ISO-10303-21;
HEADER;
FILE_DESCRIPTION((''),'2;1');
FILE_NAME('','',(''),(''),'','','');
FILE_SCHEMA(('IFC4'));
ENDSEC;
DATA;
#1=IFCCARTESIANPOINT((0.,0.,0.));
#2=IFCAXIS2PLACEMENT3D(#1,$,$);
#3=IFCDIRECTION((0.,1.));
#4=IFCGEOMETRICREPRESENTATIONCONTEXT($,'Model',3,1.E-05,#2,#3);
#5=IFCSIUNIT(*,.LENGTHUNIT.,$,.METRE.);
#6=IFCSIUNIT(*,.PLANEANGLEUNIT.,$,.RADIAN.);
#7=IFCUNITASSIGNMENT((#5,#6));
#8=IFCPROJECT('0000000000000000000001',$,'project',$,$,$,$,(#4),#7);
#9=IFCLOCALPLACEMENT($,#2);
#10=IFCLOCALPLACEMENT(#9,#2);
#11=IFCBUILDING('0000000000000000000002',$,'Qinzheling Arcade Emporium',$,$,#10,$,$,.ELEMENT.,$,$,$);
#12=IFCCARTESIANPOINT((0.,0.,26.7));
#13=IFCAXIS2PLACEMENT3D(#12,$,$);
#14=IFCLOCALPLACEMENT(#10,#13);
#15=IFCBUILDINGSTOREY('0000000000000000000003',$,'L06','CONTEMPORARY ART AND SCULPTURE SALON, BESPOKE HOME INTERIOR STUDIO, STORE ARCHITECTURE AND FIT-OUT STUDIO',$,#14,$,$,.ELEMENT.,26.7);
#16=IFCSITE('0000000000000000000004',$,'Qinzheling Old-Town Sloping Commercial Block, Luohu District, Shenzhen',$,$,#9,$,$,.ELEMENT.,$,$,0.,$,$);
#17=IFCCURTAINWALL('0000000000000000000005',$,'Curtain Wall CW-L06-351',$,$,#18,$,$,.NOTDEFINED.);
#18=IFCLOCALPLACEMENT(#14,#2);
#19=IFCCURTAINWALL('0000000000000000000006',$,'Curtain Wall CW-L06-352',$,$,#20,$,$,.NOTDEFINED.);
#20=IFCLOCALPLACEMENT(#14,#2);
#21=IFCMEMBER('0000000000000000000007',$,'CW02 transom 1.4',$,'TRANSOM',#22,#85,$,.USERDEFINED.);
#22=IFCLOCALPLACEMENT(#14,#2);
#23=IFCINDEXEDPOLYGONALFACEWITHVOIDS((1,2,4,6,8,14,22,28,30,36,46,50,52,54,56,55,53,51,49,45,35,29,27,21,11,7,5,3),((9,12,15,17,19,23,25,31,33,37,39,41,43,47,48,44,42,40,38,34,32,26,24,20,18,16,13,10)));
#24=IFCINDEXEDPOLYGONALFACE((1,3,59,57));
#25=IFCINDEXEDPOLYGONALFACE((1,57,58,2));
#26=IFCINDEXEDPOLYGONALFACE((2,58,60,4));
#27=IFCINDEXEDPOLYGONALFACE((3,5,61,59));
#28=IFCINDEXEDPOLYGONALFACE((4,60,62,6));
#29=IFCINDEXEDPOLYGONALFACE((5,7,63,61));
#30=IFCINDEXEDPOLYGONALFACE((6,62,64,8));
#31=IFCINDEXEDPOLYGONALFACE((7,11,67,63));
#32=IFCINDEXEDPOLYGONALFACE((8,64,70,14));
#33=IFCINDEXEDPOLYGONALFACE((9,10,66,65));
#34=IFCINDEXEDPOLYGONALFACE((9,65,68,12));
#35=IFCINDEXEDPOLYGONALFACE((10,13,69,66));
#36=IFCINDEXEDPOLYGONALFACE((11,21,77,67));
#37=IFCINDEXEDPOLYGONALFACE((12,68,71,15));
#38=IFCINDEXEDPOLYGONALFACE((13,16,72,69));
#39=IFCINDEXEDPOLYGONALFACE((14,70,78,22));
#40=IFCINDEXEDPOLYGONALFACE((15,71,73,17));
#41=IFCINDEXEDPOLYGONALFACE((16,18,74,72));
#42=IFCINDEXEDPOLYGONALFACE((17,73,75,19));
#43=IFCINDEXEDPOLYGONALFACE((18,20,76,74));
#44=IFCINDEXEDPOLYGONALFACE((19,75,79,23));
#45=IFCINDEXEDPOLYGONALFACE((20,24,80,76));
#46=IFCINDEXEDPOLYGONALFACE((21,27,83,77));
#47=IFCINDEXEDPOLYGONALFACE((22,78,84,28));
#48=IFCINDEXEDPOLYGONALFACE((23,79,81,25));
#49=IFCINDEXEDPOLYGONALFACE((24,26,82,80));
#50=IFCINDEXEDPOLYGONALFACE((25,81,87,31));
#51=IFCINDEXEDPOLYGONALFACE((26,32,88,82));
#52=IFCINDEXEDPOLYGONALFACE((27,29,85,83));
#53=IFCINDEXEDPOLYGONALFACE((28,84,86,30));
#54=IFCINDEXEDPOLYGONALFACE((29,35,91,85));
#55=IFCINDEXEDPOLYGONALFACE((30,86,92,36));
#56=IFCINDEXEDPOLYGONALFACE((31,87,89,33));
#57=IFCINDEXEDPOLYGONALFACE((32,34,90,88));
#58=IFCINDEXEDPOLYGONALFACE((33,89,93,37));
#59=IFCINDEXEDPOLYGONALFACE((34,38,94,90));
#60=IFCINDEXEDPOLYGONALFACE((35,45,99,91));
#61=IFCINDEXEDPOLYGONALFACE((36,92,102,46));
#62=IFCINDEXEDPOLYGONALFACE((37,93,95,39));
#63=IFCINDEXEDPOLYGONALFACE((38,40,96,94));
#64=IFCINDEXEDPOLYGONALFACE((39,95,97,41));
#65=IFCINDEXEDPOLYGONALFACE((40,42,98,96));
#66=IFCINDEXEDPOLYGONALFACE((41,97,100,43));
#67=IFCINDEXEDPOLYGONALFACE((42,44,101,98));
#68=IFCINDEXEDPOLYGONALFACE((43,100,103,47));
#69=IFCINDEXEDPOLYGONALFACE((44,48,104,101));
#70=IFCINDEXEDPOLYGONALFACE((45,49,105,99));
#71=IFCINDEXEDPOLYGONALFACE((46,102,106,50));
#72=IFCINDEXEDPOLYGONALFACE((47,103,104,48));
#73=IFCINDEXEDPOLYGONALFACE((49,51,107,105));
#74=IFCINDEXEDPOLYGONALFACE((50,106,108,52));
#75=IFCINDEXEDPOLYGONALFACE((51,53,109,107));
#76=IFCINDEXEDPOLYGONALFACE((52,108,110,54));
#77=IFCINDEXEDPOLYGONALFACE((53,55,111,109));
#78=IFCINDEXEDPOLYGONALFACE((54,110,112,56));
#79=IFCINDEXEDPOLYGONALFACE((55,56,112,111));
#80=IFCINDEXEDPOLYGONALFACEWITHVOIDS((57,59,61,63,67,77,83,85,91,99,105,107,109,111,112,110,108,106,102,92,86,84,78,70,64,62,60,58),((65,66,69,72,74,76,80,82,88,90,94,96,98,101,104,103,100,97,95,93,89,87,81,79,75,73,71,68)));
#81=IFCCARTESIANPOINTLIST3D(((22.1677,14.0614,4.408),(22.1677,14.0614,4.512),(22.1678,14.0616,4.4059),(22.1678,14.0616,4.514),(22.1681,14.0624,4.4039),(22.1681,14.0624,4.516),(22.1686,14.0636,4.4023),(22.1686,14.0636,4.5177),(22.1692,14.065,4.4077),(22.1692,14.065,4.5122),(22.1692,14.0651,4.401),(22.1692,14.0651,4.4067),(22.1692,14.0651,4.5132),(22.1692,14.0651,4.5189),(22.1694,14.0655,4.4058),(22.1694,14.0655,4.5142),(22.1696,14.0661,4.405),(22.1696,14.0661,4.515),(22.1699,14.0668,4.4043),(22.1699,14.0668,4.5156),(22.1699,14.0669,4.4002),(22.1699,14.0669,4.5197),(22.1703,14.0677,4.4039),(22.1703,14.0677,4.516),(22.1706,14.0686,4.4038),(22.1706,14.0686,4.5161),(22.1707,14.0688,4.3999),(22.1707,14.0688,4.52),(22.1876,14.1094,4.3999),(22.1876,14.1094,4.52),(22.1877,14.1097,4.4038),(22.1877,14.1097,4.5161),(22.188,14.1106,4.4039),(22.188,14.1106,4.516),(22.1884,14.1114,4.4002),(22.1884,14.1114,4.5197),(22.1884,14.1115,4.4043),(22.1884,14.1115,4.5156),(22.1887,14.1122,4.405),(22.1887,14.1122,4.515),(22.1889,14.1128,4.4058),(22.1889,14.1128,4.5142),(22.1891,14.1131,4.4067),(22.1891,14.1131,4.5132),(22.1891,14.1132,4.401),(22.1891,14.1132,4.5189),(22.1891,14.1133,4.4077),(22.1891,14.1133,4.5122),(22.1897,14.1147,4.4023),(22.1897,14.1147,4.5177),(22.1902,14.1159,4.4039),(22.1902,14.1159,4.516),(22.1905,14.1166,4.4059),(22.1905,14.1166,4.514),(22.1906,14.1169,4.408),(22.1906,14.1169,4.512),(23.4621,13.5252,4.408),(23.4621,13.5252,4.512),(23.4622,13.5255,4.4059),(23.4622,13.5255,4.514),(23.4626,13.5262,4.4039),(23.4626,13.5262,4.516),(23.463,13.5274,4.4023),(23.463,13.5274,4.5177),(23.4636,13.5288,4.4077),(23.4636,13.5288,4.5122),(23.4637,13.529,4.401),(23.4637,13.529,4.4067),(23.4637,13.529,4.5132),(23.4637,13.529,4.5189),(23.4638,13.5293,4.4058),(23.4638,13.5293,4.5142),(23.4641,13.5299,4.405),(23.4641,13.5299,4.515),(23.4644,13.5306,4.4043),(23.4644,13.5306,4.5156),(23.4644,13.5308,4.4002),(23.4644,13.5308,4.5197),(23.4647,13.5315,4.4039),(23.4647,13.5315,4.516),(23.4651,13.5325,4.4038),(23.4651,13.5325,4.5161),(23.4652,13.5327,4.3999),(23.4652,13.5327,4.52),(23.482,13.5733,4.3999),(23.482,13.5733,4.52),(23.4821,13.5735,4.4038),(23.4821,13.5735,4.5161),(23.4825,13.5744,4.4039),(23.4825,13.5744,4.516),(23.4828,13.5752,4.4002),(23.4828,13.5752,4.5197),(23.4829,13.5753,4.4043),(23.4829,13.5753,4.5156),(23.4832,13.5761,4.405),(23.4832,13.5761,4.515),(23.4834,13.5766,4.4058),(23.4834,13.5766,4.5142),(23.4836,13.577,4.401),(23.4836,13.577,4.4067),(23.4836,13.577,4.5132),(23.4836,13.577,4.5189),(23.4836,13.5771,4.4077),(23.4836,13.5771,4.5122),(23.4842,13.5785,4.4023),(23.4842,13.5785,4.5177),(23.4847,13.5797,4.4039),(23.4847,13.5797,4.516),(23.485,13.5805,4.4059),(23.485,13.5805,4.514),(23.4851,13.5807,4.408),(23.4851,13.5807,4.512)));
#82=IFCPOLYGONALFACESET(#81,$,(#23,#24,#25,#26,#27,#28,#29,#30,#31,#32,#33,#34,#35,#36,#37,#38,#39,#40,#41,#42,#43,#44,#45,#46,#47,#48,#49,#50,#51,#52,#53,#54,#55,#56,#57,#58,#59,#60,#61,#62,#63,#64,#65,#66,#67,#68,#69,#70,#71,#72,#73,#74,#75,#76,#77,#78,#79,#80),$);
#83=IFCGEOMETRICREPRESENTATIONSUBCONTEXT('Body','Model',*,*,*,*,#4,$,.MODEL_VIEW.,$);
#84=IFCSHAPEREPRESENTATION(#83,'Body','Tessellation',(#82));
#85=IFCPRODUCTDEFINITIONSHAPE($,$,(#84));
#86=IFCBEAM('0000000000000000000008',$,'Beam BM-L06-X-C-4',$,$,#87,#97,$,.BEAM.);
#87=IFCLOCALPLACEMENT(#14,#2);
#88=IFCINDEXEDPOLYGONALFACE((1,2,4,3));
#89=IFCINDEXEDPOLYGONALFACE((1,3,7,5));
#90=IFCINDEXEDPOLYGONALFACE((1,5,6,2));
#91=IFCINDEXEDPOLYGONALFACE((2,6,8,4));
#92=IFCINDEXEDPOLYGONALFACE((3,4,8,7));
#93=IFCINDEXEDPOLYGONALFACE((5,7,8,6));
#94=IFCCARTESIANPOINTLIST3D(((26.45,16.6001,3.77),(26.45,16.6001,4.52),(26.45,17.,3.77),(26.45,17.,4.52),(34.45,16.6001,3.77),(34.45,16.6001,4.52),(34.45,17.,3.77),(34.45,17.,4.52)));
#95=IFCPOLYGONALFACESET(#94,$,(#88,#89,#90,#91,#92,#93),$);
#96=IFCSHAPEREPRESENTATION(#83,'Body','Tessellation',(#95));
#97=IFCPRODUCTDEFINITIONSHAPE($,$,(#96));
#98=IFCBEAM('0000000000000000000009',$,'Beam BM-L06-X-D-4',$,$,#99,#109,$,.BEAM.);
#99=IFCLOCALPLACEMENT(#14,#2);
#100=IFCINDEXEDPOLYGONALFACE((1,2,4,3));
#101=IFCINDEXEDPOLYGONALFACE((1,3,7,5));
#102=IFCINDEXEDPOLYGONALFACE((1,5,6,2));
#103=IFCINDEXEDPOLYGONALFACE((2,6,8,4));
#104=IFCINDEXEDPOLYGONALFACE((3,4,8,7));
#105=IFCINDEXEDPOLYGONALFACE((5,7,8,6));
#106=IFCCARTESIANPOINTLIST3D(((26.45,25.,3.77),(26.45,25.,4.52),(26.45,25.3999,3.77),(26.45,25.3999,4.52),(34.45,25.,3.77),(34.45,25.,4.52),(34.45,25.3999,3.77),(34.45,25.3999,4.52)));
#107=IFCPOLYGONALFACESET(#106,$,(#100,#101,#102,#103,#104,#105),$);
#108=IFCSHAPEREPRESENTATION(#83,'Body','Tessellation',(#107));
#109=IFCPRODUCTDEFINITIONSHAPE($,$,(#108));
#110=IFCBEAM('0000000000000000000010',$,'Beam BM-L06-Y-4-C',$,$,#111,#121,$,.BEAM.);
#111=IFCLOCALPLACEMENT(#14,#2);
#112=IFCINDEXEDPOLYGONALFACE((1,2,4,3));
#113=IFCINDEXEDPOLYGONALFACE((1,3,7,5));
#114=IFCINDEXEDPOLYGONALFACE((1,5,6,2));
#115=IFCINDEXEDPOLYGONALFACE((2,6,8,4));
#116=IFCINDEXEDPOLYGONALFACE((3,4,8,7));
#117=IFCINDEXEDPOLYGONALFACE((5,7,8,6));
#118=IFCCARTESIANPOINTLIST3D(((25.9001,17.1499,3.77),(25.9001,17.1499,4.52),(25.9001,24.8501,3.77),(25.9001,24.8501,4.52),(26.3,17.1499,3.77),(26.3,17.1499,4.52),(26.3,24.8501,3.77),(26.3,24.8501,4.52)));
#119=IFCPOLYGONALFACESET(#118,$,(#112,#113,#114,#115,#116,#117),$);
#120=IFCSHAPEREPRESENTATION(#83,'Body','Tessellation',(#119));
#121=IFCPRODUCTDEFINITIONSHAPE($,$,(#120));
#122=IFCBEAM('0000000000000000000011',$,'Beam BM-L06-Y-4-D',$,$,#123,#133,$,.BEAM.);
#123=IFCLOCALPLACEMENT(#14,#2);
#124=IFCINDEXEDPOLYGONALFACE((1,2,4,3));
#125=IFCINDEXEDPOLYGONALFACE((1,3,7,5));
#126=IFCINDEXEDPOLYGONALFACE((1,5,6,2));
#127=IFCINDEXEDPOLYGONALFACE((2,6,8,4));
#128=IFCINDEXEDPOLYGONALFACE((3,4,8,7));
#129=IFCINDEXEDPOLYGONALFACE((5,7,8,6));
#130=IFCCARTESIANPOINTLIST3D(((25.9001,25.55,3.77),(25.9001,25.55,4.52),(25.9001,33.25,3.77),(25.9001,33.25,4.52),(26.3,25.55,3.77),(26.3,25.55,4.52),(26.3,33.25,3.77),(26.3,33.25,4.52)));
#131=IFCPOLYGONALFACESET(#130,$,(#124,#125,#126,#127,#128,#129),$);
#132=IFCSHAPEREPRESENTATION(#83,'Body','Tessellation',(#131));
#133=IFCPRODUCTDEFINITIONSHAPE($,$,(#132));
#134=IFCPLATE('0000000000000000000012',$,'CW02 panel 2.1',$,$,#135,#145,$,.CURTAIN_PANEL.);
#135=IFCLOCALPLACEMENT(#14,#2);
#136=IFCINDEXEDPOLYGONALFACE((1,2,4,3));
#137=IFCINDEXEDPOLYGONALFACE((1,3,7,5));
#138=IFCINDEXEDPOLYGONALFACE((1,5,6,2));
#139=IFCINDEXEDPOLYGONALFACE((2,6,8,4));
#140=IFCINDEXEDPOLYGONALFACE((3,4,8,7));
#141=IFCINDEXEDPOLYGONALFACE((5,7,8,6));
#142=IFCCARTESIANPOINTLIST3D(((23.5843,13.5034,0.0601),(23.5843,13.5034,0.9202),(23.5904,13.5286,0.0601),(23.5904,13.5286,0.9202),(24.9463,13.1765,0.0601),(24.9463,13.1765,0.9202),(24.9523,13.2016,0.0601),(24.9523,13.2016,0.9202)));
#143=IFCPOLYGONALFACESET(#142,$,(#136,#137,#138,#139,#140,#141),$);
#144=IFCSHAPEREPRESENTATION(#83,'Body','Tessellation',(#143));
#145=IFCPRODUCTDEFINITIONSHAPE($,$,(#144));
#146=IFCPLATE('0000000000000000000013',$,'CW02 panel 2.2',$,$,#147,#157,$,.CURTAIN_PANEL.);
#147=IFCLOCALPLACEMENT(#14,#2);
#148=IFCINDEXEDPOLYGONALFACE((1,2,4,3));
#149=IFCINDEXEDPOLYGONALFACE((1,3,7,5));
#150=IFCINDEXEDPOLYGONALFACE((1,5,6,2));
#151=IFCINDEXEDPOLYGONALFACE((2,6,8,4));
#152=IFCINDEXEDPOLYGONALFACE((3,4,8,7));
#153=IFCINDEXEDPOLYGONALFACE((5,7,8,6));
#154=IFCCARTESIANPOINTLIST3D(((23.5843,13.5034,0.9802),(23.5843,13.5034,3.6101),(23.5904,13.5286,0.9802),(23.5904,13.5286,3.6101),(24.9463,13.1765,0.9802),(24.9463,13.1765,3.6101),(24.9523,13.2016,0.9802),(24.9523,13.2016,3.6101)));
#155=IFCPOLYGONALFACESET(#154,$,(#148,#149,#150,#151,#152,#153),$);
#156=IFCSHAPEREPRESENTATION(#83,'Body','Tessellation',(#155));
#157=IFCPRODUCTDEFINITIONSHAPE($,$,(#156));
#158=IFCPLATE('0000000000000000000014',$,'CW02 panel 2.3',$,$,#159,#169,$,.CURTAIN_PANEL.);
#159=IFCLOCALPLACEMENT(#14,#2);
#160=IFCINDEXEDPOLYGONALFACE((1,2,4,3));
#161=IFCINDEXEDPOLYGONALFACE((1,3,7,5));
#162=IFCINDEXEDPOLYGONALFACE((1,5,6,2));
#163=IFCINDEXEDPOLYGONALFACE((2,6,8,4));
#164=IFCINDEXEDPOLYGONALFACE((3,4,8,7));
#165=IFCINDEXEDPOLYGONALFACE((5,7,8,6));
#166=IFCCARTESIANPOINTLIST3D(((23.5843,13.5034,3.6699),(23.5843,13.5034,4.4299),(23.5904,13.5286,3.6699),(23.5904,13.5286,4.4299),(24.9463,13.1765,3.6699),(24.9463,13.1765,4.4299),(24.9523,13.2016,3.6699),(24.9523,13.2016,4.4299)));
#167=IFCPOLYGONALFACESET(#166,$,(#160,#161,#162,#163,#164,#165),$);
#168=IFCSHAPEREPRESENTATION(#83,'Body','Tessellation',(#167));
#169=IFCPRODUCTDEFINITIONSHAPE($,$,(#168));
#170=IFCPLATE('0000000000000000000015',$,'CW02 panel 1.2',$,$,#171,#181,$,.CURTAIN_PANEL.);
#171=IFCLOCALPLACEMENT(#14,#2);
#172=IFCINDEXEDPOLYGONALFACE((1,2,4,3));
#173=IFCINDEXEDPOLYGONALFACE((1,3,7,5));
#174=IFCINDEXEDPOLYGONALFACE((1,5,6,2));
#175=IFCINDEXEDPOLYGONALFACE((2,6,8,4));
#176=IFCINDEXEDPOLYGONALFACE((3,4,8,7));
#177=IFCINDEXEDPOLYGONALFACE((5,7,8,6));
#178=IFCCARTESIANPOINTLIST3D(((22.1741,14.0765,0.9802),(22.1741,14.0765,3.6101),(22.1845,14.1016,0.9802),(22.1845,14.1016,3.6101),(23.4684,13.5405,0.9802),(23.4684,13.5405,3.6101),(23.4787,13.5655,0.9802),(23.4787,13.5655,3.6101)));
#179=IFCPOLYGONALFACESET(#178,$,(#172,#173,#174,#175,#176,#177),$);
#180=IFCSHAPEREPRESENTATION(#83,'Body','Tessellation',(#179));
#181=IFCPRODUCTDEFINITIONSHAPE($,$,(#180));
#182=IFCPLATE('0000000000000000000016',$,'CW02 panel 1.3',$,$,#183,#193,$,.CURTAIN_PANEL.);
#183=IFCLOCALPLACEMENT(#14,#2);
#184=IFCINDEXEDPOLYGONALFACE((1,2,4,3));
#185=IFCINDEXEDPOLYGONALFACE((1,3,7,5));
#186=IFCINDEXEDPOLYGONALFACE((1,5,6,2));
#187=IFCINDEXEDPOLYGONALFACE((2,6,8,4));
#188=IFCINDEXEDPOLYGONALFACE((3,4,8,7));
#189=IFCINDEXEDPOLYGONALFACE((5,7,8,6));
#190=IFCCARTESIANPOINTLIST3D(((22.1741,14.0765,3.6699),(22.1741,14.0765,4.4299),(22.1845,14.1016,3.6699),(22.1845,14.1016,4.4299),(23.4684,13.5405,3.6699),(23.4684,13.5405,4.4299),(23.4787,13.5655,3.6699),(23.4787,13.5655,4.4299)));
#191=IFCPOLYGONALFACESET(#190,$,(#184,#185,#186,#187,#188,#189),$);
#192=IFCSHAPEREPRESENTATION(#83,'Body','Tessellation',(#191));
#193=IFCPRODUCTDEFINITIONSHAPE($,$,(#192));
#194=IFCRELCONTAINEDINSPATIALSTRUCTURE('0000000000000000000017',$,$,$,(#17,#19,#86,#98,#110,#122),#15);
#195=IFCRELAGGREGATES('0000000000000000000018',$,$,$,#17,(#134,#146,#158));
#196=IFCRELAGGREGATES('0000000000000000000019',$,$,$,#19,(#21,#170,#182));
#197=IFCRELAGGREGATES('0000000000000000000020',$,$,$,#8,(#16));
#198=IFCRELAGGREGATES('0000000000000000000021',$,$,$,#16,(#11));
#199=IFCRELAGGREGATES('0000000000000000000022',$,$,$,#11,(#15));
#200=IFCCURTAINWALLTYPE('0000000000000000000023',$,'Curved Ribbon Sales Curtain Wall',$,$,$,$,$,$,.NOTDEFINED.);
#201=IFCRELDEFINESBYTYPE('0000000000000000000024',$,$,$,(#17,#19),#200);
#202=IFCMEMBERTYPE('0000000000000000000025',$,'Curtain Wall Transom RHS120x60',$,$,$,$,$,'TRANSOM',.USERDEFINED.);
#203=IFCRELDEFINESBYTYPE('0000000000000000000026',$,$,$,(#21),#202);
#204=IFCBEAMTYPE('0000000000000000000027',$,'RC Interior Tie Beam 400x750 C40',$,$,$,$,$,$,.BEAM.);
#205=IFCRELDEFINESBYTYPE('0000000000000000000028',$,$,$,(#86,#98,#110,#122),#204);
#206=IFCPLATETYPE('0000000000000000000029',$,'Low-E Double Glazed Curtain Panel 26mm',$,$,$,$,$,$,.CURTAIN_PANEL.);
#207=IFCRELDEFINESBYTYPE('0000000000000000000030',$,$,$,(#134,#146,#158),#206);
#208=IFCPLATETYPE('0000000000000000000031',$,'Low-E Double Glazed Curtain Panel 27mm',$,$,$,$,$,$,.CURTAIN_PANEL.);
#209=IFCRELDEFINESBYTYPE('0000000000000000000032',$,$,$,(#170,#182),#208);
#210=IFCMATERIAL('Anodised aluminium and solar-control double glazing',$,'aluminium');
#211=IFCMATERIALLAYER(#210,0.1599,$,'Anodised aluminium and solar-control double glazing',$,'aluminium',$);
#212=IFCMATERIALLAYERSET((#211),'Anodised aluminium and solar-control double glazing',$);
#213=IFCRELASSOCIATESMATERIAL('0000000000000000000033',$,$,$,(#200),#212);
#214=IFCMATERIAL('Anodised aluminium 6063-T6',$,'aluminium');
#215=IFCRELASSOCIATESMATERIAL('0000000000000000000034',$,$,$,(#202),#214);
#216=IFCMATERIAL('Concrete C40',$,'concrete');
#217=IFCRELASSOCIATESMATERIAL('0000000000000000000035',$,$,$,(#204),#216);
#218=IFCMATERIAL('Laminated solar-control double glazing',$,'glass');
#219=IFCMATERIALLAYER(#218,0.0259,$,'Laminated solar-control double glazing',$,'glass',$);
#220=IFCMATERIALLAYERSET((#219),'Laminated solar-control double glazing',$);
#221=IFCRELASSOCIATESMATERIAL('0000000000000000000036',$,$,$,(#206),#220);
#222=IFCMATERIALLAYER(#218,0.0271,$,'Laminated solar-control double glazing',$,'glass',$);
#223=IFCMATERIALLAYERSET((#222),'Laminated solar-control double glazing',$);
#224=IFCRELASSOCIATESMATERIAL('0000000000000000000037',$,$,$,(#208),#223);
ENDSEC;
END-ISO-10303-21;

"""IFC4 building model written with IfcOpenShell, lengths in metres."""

from ifc_helpers import new_model, si_unit, direction, frame, origin, origin_2d, place, context, subcontext, project, spatial, rectangle, hollow_rectangle, extrude, material, layer, layer_set, material_profile, profile_set, type_object, element, aggregate, save


model = new_model("IFC4")

# Units and contexts
model_context = context("Model", 3, precision=1e-05, world=origin(), true_north=direction((0.0, 1.0)))
body_context = subcontext(model_context, "Body", "Model", "MODEL_VIEW")
ifc_project = project(units=[si_unit("LENGTHUNIT", "METRE"), si_unit("PLANEANGLEUNIT", "RADIAN")], contexts=[model_context])

# Site, building, storey
site_placement = place(None, origin())
site = spatial("IfcSite", under=ifc_project, at=site_placement, Name="Qinzheling Old-Town Sloping Commercial Block, Luohu District, Shenzhen", CompositionType="ELEMENT", RefElevation=0.0)
building_placement = place(site_placement, origin())
building = spatial("IfcBuilding", under=site, at=building_placement, Name="Qinzheling Arcade Emporium", CompositionType="ELEMENT")
storey_placement = place(building_placement, frame((0.0, 0.0, 26.7)))
storey = spatial("IfcBuildingStorey", under=building, at=storey_placement, Name="L06", Description="CONTEMPORARY ART AND SCULPTURE SALON, BESPOKE HOME INTERIOR STUDIO, STORE ARCHITECTURE AND FIT-OUT STUDIO", CompositionType="ELEMENT", Elevation=26.7)

# Shared definitions
ifc_material_1 = material(Name="Concrete C40", Category="concrete")

# Curtain wall
ifc_material_2 = material(Name="Anodised aluminium and solar-control double glazing", Category="aluminium")
ifc_layer_1 = layer(ifc_material_2, 0.1599, Name="Anodised aluminium and solar-control double glazing", Category="aluminium")
ifc_layer_set_1 = layer_set([ifc_layer_1], Name="Anodised aluminium and solar-control double glazing")
curtain_wall_type = type_object("IfcCurtainWallType", Name="Curved Ribbon Sales Curtain Wall", PredefinedType="NOTDEFINED", material=ifc_layer_set_1)
curtain_wall_1_placement = place(storey_placement, origin())
curtain_wall_1 = element("IfcCurtainWall", 1, at=curtain_wall_1_placement, inside=storey, type_object=curtain_wall_type, Name="Curtain Wall CW-L06-351", PredefinedType="NOTDEFINED")
ifc_material_3 = material(Name="Anodised aluminium 6063-T6", Category="aluminium")

# Curtain wall
curtain_wall_2_placement = place(storey_placement, origin())
curtain_wall_2 = element("IfcCurtainWall", 2, at=curtain_wall_2_placement, inside=storey, type_object=curtain_wall_type, Name="Curtain Wall CW-L06-352", PredefinedType="NOTDEFINED")

# Member
ifc_material_profile_1 = material_profile(ifc_material_3, hollow_rectangle(XDim=0.0601, YDim=0.1201, WallThickness=0.0039, InnerFilletRadius=0.0039, OuterFilletRadius=0.0081, at=origin_2d()), Name="RHS 120x60x4", Category="aluminium")
ifc_profile_set_1 = profile_set([ifc_material_profile_1], Name="Anodised aluminium 6063-T6")
member_type_1 = type_object("IfcMemberType", Name="Curtain Wall Transom RHS120x60", ElementType="TRANSOM", PredefinedType="USERDEFINED", material=ifc_profile_set_1)
member_1_placement = place(storey_placement, frame((23.4736, 13.553, 4.46), z_axis=(-0.923889, 0.38266, 0.0), x_axis=(-0.38266, -0.923889, 0.0)))
member_1 = element("IfcMember", 3, at=member_1_placement, type_object=member_type_1, Name="CW02 transom 1.4", ObjectType="TRANSOM", PredefinedType="USERDEFINED", context=body_context, shape_type="SweptSolid", body=[
    extrude(hollow_rectangle(XDim=0.0601, YDim=0.1201, WallThickness=0.0039, InnerFilletRadius=0.0039, OuterFilletRadius=0.0081, at=origin_2d()), origin(), (0.0, 0.0, 1.0), 1.4011),
])

# Beams
ifc_material_profile_2 = material_profile(ifc_material_1, rectangle(XDim=0.3999, YDim=0.75, at=origin_2d()), Name="RC 400x750", Category="concrete")
ifc_profile_set_2 = profile_set([ifc_material_profile_2], Name="Concrete C40")
beam_type = type_object("IfcBeamType", Name="RC Interior Tie Beam 400x750 C40", PredefinedType="BEAM", material=ifc_profile_set_2)
for number, where, z_axis, x_axis, name in (
    (4, (26.45, 16.8, 4.145), (1.0, 0.0, 0.0), (0.0, 1.0, 0.0), "Beam BM-L06-X-C-4"),
    (5, (26.45, 25.2, 4.145), (1.0, 0.0, 0.0), (0.0, 1.0, 0.0), "Beam BM-L06-X-D-4"),
):
    element("IfcBeam", number, at=place(storey_placement, frame(where, z_axis=z_axis, x_axis=x_axis)), inside=storey, type_object=beam_type, Name=name, PredefinedType="BEAM", context=body_context, shape_type="SweptSolid", body=[
        extrude(rectangle(XDim=0.3999, YDim=0.75, at=origin_2d()), origin(), (0.0, 0.0, 1.0), 8.0),
    ])
beam_1_placement = place(storey_placement, frame((26.1001, 17.1499, 4.145), z_axis=(0.0, 1.0, 0.0), x_axis=(-1.0, 0.0, 0.0)))
element("IfcBeam", 6, at=beam_1_placement, inside=storey, type_object=beam_type, Name="Beam BM-L06-Y-4-C", PredefinedType="BEAM", context=body_context, shape_type="SweptSolid", body=[
    extrude(rectangle(XDim=0.3999, YDim=0.75, at=origin_2d()), origin(), (0.0, 0.0, 1.0), 7.7002),
])
beam_2_placement = place(storey_placement, frame((26.1001, 25.55, 4.145), z_axis=(0.0, 1.0, 0.0), x_axis=(-1.0, 0.0, 0.0)))
element("IfcBeam", 7, at=beam_2_placement, inside=storey, type_object=beam_type, Name="Beam BM-L06-Y-4-D", PredefinedType="BEAM", context=body_context, shape_type="SweptSolid", body=[
    extrude(rectangle(XDim=0.3999, YDim=0.75, at=origin_2d()), origin(), (0.0, 0.0, 1.0), 7.7),
])

# Plates
ifc_material_4 = material(Name="Laminated solar-control double glazing", Category="glass")
ifc_layer_2 = layer(ifc_material_4, 0.0259, Name="Laminated solar-control double glazing", Category="glass")
ifc_layer_set_2 = layer_set([ifc_layer_2], Name="Laminated solar-control double glazing")
plate_type_1 = type_object("IfcPlateType", Name="Low-E Double Glazed Curtain Panel 26mm", PredefinedType="CURTAIN_PANEL", material=ifc_layer_set_2)
plate_1_placement = place(storey_placement, frame((24.2683, 13.3525, 0.0601), z_axis=(0.0, 0.0, 1.0), x_axis=(-0.972369, 0.233449, 0.0)))
plate_1 = element("IfcPlate", 8, at=plate_1_placement, type_object=plate_type_1, Name="CW02 panel 2.1", PredefinedType="CURTAIN_PANEL", context=body_context, shape_type="SweptSolid", body=[
    extrude(rectangle(XDim=1.4006, YDim=0.0259, at=origin_2d()), origin(), (0.0, 0.0, 1.0), 0.8601),
])
plate_2_placement = place(storey_placement, frame((24.2683, 13.3525, 0.9802), z_axis=(0.0, 0.0, 1.0), x_axis=(-0.972369, 0.233449, 0.0)))
plate_2 = element("IfcPlate", 9, at=plate_2_placement, type_object=plate_type_1, Name="CW02 panel 2.2", PredefinedType="CURTAIN_PANEL", context=body_context, shape_type="SweptSolid", body=[
    extrude(rectangle(XDim=1.4006, YDim=0.0259, at=origin_2d()), origin(), (0.0, 0.0, 1.0), 2.6299),
])
plate_3_placement = place(storey_placement, frame((24.2683, 13.3525, 3.6699), z_axis=(0.0, 0.0, 1.0), x_axis=(-0.972369, 0.233449, 0.0)))
plate_3 = element("IfcPlate", 10, at=plate_3_placement, type_object=plate_type_1, Name="CW02 panel 2.3", PredefinedType="CURTAIN_PANEL", context=body_context, shape_type="SweptSolid", body=[
    extrude(rectangle(XDim=1.4006, YDim=0.0259, at=origin_2d()), origin(), (0.0, 0.0, 1.0), 0.76),
])
aggregate(curtain_wall_1, [plate_1, plate_2, plate_3])
ifc_layer_3 = layer(ifc_material_4, 0.0271, Name="Laminated solar-control double glazing", Category="glass")
ifc_layer_set_3 = layer_set([ifc_layer_3], Name="Laminated solar-control double glazing")
plate_type_2 = type_object("IfcPlateType", Name="Low-E Double Glazed Curtain Panel 27mm", PredefinedType="CURTAIN_PANEL", material=ifc_layer_set_3)
plate_4_placement = place(storey_placement, frame((22.8264, 13.821, 0.9802), z_axis=(0.0, 0.0, 1.0), x_axis=(-0.923898, 0.382638, 0.0)))
plate_4 = element("IfcPlate", 11, at=plate_4_placement, type_object=plate_type_2, Name="CW02 panel 1.2", PredefinedType="CURTAIN_PANEL", context=body_context, shape_type="SweptSolid", body=[
    extrude(rectangle(XDim=1.4009, YDim=0.0271, at=origin_2d()), origin(), (0.0, 0.0, 1.0), 2.6299),
])
plate_5_placement = place(storey_placement, frame((22.8264, 13.821, 3.6699), z_axis=(0.0, 0.0, 1.0), x_axis=(-0.923898, 0.382638, 0.0)))
plate_5 = element("IfcPlate", 12, at=plate_5_placement, type_object=plate_type_2, Name="CW02 panel 1.3", PredefinedType="CURTAIN_PANEL", context=body_context, shape_type="SweptSolid", body=[
    extrude(rectangle(XDim=1.4009, YDim=0.0271, at=origin_2d()), origin(), (0.0, 0.0, 1.0), 0.76),
])
aggregate(curtain_wall_2, [member_1, plate_4, plate_5])

save(model, "model.ifc")
